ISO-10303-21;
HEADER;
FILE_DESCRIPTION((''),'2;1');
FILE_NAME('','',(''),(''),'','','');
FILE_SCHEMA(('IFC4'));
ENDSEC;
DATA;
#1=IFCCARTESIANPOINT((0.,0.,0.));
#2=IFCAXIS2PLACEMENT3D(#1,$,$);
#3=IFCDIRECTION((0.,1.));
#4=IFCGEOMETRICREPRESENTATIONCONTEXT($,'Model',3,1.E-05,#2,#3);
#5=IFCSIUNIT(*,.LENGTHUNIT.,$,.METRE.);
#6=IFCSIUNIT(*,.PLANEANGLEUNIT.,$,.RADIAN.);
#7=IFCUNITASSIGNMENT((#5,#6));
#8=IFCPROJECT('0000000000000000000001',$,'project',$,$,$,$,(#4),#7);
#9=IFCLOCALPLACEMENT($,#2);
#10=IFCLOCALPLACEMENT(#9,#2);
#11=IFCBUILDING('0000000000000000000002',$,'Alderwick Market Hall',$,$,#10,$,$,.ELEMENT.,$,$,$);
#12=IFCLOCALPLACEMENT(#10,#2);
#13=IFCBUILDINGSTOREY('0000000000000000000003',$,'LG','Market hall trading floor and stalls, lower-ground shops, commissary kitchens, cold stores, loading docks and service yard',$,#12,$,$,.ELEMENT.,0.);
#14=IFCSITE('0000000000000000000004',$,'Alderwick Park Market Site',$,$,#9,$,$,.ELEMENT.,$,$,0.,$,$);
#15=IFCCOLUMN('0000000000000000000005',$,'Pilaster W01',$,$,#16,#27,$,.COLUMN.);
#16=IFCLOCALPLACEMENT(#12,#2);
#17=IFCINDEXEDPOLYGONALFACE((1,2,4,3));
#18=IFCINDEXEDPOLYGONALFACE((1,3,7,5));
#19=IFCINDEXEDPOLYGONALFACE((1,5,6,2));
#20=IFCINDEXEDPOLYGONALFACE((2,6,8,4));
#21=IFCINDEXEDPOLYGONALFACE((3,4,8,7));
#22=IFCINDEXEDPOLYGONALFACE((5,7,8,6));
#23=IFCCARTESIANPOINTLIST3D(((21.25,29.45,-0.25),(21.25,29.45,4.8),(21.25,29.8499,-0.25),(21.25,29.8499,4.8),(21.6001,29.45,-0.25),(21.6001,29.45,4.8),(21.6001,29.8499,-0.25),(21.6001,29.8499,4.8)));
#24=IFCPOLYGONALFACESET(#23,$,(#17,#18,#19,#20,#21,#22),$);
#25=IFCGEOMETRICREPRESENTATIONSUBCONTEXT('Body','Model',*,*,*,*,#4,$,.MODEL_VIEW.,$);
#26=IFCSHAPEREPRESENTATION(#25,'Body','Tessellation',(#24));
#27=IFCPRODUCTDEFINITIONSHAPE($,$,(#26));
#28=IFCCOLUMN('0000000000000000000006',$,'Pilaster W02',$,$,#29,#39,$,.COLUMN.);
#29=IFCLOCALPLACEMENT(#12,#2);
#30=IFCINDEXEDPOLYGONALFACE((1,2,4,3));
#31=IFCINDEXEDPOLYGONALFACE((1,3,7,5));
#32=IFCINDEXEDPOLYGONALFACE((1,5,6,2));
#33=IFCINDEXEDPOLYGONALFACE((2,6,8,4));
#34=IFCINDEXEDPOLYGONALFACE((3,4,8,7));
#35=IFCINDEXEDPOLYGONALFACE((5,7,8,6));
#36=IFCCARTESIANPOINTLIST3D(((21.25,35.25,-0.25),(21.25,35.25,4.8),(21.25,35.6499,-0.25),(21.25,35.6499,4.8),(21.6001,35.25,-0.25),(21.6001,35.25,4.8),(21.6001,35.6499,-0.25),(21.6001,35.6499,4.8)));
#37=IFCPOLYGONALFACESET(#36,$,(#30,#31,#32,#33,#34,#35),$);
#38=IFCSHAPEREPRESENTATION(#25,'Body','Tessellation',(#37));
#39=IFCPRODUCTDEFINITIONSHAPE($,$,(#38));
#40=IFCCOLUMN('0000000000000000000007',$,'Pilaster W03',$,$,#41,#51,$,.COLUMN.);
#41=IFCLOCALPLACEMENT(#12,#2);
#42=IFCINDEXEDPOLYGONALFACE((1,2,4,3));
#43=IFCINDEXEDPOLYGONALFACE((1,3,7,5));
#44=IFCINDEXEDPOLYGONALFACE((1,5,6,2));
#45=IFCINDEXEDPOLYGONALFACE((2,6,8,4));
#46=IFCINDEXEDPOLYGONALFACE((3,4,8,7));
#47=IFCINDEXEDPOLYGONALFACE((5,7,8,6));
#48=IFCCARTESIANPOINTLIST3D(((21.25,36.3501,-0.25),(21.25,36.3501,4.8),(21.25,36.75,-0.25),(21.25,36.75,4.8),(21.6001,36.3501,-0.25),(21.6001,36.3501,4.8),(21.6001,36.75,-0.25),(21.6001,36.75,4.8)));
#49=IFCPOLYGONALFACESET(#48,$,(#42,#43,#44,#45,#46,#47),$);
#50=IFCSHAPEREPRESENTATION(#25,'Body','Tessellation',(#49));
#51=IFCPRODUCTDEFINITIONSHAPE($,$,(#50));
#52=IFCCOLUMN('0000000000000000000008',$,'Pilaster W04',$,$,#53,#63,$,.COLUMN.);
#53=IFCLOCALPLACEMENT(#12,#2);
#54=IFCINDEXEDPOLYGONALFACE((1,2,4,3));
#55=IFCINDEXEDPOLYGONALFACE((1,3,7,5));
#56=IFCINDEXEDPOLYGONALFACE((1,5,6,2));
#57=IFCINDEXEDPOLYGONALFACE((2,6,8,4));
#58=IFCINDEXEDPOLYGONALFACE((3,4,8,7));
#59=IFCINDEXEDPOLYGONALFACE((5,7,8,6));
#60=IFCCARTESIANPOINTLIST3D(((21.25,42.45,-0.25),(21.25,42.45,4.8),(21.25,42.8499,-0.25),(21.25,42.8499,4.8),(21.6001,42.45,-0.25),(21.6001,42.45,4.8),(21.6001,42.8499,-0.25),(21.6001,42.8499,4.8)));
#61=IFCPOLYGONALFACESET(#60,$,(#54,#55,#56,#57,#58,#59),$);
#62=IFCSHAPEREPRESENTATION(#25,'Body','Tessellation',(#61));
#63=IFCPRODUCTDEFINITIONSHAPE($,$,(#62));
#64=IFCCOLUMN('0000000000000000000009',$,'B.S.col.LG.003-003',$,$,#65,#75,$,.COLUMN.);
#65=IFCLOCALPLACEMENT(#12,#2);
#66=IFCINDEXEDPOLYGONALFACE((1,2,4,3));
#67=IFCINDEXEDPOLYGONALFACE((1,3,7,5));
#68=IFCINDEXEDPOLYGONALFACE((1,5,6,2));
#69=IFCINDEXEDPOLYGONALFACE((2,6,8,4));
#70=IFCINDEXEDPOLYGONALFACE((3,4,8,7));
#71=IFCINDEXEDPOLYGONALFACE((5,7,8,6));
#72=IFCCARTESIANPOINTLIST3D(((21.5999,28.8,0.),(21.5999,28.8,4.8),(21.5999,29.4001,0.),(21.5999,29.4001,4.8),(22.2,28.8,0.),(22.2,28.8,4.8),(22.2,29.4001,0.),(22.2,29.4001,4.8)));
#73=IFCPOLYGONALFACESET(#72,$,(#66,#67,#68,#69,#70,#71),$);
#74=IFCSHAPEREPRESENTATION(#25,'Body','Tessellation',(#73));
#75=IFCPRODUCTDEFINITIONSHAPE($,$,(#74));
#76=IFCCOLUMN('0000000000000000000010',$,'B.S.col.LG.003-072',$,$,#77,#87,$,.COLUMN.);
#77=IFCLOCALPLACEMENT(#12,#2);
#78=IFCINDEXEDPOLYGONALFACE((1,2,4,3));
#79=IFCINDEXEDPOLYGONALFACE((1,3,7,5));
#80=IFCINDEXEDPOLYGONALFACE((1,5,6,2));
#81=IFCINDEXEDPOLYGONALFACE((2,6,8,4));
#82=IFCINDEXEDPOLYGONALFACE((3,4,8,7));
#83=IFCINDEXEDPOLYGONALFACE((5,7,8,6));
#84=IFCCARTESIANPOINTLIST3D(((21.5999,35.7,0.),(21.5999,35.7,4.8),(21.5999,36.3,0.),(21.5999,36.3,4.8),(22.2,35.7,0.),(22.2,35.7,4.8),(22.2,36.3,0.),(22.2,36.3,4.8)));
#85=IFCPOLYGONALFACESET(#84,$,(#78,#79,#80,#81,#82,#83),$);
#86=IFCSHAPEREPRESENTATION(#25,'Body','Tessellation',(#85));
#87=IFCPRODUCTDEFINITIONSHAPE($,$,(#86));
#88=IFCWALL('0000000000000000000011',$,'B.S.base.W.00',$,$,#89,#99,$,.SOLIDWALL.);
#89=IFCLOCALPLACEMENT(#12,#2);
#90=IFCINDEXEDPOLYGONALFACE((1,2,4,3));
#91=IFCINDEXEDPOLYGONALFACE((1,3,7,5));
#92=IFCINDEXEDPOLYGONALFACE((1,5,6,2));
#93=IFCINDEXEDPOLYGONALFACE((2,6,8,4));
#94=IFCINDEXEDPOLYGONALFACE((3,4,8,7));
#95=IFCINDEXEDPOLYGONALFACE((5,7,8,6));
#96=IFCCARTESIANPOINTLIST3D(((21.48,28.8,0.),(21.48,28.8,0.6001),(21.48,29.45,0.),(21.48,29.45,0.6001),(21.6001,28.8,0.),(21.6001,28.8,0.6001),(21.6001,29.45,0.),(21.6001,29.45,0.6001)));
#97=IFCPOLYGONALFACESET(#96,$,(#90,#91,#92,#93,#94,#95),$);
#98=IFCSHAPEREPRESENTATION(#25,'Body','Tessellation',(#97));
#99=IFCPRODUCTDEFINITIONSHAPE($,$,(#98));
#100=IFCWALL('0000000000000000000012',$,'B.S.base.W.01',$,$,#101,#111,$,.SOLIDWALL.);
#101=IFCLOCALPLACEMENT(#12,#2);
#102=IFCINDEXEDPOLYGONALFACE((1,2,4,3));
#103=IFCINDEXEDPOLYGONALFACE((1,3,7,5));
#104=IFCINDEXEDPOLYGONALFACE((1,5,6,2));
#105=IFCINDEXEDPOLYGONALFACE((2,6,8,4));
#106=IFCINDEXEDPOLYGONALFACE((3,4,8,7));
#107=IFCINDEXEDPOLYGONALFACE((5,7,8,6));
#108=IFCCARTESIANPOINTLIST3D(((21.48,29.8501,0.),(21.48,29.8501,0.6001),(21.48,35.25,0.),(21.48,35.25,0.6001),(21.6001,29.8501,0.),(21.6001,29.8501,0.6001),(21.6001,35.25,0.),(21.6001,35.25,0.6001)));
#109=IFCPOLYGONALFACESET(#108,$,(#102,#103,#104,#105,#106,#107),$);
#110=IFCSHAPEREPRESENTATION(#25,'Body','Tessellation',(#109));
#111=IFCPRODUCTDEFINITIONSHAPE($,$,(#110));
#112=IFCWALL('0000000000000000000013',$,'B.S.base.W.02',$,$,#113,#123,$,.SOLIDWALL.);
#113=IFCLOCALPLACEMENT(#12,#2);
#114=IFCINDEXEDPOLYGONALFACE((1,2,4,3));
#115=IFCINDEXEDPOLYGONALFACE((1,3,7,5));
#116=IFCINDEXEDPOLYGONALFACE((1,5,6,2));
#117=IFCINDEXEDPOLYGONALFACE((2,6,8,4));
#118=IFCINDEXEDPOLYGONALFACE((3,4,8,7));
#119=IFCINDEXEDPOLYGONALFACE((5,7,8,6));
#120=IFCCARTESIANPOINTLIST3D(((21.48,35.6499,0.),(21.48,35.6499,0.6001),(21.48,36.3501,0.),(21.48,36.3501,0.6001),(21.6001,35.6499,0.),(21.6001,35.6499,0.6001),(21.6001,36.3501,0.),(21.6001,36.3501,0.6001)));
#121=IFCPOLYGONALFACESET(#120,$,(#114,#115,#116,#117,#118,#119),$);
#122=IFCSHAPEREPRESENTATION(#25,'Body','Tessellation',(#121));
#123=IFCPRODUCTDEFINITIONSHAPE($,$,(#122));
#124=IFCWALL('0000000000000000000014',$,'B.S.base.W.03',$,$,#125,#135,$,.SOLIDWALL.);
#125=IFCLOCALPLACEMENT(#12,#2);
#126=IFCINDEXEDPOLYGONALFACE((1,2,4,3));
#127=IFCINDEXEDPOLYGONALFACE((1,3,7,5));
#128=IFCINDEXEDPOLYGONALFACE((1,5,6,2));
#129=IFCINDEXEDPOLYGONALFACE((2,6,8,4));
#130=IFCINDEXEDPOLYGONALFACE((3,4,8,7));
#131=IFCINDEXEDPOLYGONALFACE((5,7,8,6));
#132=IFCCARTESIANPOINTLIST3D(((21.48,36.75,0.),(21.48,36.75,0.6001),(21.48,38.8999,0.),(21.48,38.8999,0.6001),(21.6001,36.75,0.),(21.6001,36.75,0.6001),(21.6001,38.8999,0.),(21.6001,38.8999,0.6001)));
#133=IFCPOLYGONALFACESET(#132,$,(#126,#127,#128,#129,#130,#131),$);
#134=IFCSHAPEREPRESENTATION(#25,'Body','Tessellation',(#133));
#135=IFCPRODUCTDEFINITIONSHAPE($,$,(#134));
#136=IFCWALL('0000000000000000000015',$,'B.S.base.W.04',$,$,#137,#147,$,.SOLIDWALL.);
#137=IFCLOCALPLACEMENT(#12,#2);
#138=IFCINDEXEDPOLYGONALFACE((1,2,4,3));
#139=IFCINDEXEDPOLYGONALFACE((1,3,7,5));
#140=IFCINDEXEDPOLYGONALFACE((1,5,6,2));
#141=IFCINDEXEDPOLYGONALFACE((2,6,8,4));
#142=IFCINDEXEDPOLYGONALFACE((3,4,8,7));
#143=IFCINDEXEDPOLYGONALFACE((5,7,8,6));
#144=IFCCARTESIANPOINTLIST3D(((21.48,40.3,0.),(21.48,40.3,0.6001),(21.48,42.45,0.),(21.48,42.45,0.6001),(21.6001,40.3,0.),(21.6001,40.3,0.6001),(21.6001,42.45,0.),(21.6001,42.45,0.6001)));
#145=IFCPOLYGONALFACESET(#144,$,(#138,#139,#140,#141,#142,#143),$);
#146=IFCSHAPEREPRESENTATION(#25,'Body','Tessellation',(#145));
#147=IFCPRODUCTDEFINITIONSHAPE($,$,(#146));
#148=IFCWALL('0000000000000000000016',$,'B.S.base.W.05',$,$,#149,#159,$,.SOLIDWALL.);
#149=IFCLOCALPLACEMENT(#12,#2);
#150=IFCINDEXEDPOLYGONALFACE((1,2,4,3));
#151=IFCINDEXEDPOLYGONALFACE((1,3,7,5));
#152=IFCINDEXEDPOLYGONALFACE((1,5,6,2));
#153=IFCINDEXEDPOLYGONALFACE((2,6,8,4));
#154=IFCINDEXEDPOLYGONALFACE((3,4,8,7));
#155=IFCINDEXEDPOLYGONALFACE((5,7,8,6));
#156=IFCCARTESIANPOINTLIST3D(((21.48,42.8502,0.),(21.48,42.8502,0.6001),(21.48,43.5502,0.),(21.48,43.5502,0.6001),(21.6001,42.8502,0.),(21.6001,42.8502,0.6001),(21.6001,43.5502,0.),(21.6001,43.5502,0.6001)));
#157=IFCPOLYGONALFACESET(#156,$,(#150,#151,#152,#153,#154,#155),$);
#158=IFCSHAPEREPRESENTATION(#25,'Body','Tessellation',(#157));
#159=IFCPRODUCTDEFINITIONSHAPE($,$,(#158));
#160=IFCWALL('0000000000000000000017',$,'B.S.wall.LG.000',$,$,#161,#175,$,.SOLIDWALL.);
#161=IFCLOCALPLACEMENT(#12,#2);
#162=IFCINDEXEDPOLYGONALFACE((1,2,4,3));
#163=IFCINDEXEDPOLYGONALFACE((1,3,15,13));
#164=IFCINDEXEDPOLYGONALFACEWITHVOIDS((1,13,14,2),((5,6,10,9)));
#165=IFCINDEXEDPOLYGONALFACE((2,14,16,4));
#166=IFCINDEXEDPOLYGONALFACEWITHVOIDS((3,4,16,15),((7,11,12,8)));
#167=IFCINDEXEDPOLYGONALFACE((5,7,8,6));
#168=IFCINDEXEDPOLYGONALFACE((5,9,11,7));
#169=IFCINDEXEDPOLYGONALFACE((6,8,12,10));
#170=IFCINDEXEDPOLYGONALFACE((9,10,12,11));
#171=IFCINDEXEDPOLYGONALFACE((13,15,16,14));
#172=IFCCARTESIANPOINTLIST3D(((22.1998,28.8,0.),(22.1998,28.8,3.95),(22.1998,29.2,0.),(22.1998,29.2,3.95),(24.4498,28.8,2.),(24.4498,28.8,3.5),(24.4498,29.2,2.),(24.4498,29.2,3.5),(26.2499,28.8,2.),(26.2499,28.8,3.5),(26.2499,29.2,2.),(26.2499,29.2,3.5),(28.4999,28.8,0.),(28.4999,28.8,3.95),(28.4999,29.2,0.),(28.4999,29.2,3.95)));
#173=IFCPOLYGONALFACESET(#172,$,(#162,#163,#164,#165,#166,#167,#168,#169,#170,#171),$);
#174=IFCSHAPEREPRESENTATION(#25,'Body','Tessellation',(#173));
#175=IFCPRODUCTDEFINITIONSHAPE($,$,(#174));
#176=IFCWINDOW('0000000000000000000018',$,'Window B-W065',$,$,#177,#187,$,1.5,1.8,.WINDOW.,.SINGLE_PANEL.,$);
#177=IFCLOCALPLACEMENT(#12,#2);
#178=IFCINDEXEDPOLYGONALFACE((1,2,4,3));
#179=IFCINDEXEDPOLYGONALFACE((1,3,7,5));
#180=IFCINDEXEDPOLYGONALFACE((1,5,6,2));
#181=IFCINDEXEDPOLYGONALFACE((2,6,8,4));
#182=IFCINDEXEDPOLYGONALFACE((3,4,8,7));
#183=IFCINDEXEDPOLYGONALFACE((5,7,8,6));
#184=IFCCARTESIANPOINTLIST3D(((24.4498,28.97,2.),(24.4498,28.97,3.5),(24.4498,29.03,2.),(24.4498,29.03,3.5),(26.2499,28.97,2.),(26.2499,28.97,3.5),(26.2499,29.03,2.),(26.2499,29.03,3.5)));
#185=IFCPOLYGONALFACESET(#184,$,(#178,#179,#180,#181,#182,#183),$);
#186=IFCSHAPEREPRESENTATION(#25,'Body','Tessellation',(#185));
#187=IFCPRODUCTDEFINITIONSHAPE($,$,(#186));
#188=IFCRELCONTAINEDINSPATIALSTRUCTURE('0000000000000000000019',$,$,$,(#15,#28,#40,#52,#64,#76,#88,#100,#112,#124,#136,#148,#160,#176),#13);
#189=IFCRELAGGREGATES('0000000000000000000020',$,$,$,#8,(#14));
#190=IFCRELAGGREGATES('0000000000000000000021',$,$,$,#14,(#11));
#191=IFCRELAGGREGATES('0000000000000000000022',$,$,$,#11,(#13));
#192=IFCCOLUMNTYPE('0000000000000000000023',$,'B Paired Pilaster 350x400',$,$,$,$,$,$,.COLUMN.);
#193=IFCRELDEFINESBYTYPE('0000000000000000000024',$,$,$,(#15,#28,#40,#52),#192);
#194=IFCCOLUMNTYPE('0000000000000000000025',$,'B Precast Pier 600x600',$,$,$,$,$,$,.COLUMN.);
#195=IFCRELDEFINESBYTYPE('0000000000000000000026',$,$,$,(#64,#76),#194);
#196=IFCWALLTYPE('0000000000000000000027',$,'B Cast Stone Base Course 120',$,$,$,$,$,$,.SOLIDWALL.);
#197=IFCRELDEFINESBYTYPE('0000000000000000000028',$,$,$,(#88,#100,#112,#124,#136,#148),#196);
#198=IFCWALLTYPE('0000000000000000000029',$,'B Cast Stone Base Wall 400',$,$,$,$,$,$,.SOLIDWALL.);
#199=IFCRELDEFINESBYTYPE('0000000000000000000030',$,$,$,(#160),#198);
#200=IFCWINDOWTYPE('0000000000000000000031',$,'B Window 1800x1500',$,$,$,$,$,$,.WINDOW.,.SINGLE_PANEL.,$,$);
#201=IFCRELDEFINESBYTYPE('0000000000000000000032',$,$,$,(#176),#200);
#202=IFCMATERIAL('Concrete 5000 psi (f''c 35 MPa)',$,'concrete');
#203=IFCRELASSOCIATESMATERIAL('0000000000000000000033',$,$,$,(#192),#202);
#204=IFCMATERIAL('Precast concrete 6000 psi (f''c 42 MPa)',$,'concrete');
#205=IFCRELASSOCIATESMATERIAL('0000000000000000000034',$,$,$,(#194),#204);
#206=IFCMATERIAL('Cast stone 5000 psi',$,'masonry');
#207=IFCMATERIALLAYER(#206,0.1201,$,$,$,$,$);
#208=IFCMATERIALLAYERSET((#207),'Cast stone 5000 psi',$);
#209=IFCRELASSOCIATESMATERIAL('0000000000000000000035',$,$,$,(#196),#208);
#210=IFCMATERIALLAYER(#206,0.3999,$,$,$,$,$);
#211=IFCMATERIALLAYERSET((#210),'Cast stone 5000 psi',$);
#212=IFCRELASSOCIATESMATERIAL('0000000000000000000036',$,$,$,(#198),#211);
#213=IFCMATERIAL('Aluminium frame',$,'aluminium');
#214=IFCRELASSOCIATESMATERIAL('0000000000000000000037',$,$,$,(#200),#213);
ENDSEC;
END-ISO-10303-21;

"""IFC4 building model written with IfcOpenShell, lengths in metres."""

from ifc_helpers import new_model, si_unit, direction, frame, frame_2d, origin, origin_2d, place, context, subcontext, project, spatial, rectangle, extrude, material, layer, layer_set, material_profile, profile_set, type_object, element, fill, save


model = new_model("IFC4")

# Units and contexts
model_context = context("Model", 3, precision=1e-05, world=origin(), true_north=direction((0.0, 1.0)))
body_context = subcontext(model_context, "Body", "Model", "MODEL_VIEW")
ifc_project = project(units=[si_unit("LENGTHUNIT", "METRE"), si_unit("PLANEANGLEUNIT", "RADIAN")], contexts=[model_context])

# Site, building, storey
site_placement = place(None, origin())
site = spatial("IfcSite", under=ifc_project, at=site_placement, Name="Alderwick Park Market Site", CompositionType="ELEMENT", RefElevation=0.0)
building_placement = place(site_placement, origin())
building = spatial("IfcBuilding", under=site, at=building_placement, Name="Alderwick Market Hall", CompositionType="ELEMENT")
storey_placement = place(building_placement, origin())
storey = spatial("IfcBuildingStorey", under=building, at=storey_placement, Name="LG", Description="Market hall trading floor and stalls, lower-ground shops, commissary kitchens, cold stores, loading docks and service yard", CompositionType="ELEMENT", Elevation=0.0)

# Columns
ifc_material_1 = material(Name="Concrete 5000 psi (f'c 35 MPa)", Category="concrete")
ifc_material_profile_1 = material_profile(ifc_material_1, rectangle(XDim=0.3501, YDim=0.3999, at=origin_2d()), Name="B Paired Pilaster 350x400")
ifc_profile_set_1 = profile_set([ifc_material_profile_1], Name="Concrete 5000 psi (f'c 35 MPa)")
column_type_1 = type_object("IfcColumnType", Name="B Paired Pilaster 350x400", PredefinedType="COLUMN", material=ifc_profile_set_1)
for number, where, z_axis, x_axis, name in (
    (1, (21.425, 29.6499, -0.25), (0.0, 0.0, 1.0), (1.0, 0.0, 0.0), "Pilaster W01"),
    (2, (21.425, 35.45, -0.25), (0.0, 0.0, 1.0), (1.0, 0.0, 0.0), "Pilaster W02"),
    (3, (21.425, 36.55, -0.25), (0.0, 0.0, 1.0), (1.0, 0.0, 0.0), "Pilaster W03"),
    (4, (21.425, 42.6499, -0.25), (0.0, 0.0, 1.0), (1.0, 0.0, 0.0), "Pilaster W04"),
):
    element("IfcColumn", number, at=place(storey_placement, frame(where, z_axis=z_axis, x_axis=x_axis)), inside=storey, type_object=column_type_1, Name=name, PredefinedType="COLUMN", context=body_context, shape_type="SweptSolid", body=[
        extrude(rectangle(XDim=0.3501, YDim=0.3999, at=origin_2d()), origin(), (0.0, 0.0, 1.0), 5.05),
    ])
ifc_material_2 = material(Name="Precast concrete 6000 psi (f'c 42 MPa)", Category="concrete")
ifc_material_profile_2 = material_profile(ifc_material_2, rectangle(XDim=0.6001, YDim=0.6001, at=origin_2d()), Name="B Precast Pier 600x600")
ifc_profile_set_2 = profile_set([ifc_material_profile_2], Name="Precast concrete 6000 psi (f'c 42 MPa)")
column_type_2 = type_object("IfcColumnType", Name="B Precast Pier 600x600", PredefinedType="COLUMN", material=ifc_profile_set_2)
for number, where, z_axis, x_axis, name in (
    (5, (21.8999, 29.1001, 0.0), (0.0, 0.0, 1.0), (1.0, 0.0, 0.0), "B.S.col.LG.003-003"),
    (6, (21.8999, 36.0, 0.0), (0.0, 0.0, 1.0), (1.0, 0.0, 0.0), "B.S.col.LG.003-072"),
):
    element("IfcColumn", number, at=place(storey_placement, frame(where, z_axis=z_axis, x_axis=x_axis)), inside=storey, type_object=column_type_2, Name=name, PredefinedType="COLUMN", context=body_context, shape_type="SweptSolid", body=[
        extrude(rectangle(XDim=0.6001, YDim=0.6001, at=origin_2d()), origin(), (0.0, 0.0, 1.0), 4.8),
    ])

# Walls
ifc_material_3 = material(Name="Cast stone 5000 psi", Category="masonry")
ifc_layer_1 = layer(ifc_material_3, 0.1201)
ifc_layer_set_1 = layer_set([ifc_layer_1], Name="Cast stone 5000 psi")
wall_type_1 = type_object("IfcWallType", Name="B Cast Stone Base Course 120", PredefinedType="SOLIDWALL", material=ifc_layer_set_1)
wall_1_placement = place(storey_placement, frame((21.54, 28.8, 0.0), z_axis=(0.0, 0.0, 1.0), x_axis=(0.0, 1.0, 0.0)))
element("IfcWall", 7, at=wall_1_placement, inside=storey, type_object=wall_type_1, Name="B.S.base.W.00", PredefinedType="SOLIDWALL", context=body_context, shape_type="SweptSolid", body=[
    extrude(rectangle(XDim=0.6499, YDim=0.1201, at=frame_2d((0.325, 0.0))), origin(), (0.0, 0.0, 1.0), 0.6001),
])
wall_2_placement = place(storey_placement, frame((21.54, 29.8501, 0.0), z_axis=(0.0, 0.0, 1.0), x_axis=(0.0, 1.0, 0.0)))
element("IfcWall", 8, at=wall_2_placement, inside=storey, type_object=wall_type_1, Name="B.S.base.W.01", PredefinedType="SOLIDWALL", context=body_context, shape_type="SweptSolid", body=[
    extrude(rectangle(XDim=5.3999, YDim=0.1201, at=frame_2d((2.7, 0.0))), origin(), (0.0, 0.0, 1.0), 0.6001),
])
wall_3_placement = place(storey_placement, frame((21.54, 35.6499, 0.0), z_axis=(0.0, 0.0, 1.0), x_axis=(0.0, 1.0, 0.0)))
element("IfcWall", 9, at=wall_3_placement, inside=storey, type_object=wall_type_1, Name="B.S.base.W.02", PredefinedType="SOLIDWALL", context=body_context, shape_type="SweptSolid", body=[
    extrude(rectangle(XDim=0.7002, YDim=0.1201, at=frame_2d((0.3501, 0.0))), origin(), (0.0, 0.0, 1.0), 0.6001),
])
for number, where, z_axis, x_axis, name in (
    (10, (21.54, 36.75, 0.0), (0.0, 0.0, 1.0), (0.0, 1.0, 0.0), "B.S.base.W.03"),
    (11, (21.54, 40.3, 0.0), (0.0, 0.0, 1.0), (0.0, 1.0, 0.0), "B.S.base.W.04"),
):
    element("IfcWall", number, at=place(storey_placement, frame(where, z_axis=z_axis, x_axis=x_axis)), inside=storey, type_object=wall_type_1, Name=name, PredefinedType="SOLIDWALL", context=body_context, shape_type="SweptSolid", body=[
        extrude(rectangle(XDim=2.1499, YDim=0.1201, at=frame_2d((1.075, 0.0))), origin(), (0.0, 0.0, 1.0), 0.6001),
    ])
wall_4_placement = place(storey_placement, frame((21.54, 42.8501, 0.0), z_axis=(0.0, 0.0, 1.0), x_axis=(0.0, 1.0, 0.0)))
element("IfcWall", 12, at=wall_4_placement, inside=storey, type_object=wall_type_1, Name="B.S.base.W.05", PredefinedType="SOLIDWALL", context=body_context, shape_type="SweptSolid", body=[
    extrude(rectangle(XDim=0.7, YDim=0.1201, at=frame_2d((0.3501, 0.0))), origin(), (0.0, 0.0, 1.0), 0.6001),
])

# Wall, opening, window
ifc_layer_2 = layer(ifc_material_3, 0.3999)
ifc_layer_set_2 = layer_set([ifc_layer_2], Name="Cast stone 5000 psi")
wall_type_2 = type_object("IfcWallType", Name="B Cast Stone Base Wall 400", PredefinedType="SOLIDWALL", material=ifc_layer_set_2)
wall_5_placement = place(storey_placement, frame((22.2, 29.0, 0.0), z_axis=(0.0, 0.0, 1.0), x_axis=(1.0, 0.0, 0.0)))
wall_5 = element("IfcWall", 13, at=wall_5_placement, inside=storey, type_object=wall_type_2, Name="B.S.wall.LG.000", PredefinedType="SOLIDWALL", context=body_context, shape_type="SweptSolid", body=[
    extrude(rectangle(XDim=6.3, YDim=0.3999, at=frame_2d((3.1499, 0.0))), origin(), (0.0, 0.0, 1.0), 3.95),
])
opening_1_placement = place(wall_5_placement, frame((2.25, 0.0, 2.0)))
opening_1 = element("IfcOpeningElement", 14, at=opening_1_placement, cuts=wall_5, PredefinedType="OPENING", context=body_context, shape_type="SweptSolid", body=[
    extrude(rectangle(XDim=1.8, YDim=1.5, at=frame_2d((0.8999, 0.75))), frame((0.0, 0.21, 0.0), z_axis=(0.0, -1.0, 0.0), x_axis=(1.0, 0.0, 0.0)), (0.0, 0.0, 1.0), 0.4199),
])
ifc_material_4 = material(Name="Aluminium frame", Category="aluminium")
window_type_1 = type_object("IfcWindowType", Name="B Window 1800x1500", PartitioningType="SINGLE_PANEL", PredefinedType="WINDOW", material=ifc_material_4)
window_1_placement = place(opening_1_placement, origin())
window_1 = element("IfcWindow", 15, at=window_1_placement, inside=storey, type_object=window_type_1, Name="Window B-W065", OverallHeight=1.5, OverallWidth=1.8, PartitioningType="SINGLE_PANEL", PredefinedType="WINDOW", context=body_context, shape_type="SweptSolid", body=[
    extrude(rectangle(XDim=1.8, YDim=1.5, at=frame_2d((0.8999, 0.75))), frame((0.0, 0.03, 0.0), z_axis=(0.0, -1.0, 0.0), x_axis=(1.0, 0.0, 0.0)), (0.0, 0.0, 1.0), 0.0601),
])
fill(opening_1, window_1)

save(model, "model.ifc")
